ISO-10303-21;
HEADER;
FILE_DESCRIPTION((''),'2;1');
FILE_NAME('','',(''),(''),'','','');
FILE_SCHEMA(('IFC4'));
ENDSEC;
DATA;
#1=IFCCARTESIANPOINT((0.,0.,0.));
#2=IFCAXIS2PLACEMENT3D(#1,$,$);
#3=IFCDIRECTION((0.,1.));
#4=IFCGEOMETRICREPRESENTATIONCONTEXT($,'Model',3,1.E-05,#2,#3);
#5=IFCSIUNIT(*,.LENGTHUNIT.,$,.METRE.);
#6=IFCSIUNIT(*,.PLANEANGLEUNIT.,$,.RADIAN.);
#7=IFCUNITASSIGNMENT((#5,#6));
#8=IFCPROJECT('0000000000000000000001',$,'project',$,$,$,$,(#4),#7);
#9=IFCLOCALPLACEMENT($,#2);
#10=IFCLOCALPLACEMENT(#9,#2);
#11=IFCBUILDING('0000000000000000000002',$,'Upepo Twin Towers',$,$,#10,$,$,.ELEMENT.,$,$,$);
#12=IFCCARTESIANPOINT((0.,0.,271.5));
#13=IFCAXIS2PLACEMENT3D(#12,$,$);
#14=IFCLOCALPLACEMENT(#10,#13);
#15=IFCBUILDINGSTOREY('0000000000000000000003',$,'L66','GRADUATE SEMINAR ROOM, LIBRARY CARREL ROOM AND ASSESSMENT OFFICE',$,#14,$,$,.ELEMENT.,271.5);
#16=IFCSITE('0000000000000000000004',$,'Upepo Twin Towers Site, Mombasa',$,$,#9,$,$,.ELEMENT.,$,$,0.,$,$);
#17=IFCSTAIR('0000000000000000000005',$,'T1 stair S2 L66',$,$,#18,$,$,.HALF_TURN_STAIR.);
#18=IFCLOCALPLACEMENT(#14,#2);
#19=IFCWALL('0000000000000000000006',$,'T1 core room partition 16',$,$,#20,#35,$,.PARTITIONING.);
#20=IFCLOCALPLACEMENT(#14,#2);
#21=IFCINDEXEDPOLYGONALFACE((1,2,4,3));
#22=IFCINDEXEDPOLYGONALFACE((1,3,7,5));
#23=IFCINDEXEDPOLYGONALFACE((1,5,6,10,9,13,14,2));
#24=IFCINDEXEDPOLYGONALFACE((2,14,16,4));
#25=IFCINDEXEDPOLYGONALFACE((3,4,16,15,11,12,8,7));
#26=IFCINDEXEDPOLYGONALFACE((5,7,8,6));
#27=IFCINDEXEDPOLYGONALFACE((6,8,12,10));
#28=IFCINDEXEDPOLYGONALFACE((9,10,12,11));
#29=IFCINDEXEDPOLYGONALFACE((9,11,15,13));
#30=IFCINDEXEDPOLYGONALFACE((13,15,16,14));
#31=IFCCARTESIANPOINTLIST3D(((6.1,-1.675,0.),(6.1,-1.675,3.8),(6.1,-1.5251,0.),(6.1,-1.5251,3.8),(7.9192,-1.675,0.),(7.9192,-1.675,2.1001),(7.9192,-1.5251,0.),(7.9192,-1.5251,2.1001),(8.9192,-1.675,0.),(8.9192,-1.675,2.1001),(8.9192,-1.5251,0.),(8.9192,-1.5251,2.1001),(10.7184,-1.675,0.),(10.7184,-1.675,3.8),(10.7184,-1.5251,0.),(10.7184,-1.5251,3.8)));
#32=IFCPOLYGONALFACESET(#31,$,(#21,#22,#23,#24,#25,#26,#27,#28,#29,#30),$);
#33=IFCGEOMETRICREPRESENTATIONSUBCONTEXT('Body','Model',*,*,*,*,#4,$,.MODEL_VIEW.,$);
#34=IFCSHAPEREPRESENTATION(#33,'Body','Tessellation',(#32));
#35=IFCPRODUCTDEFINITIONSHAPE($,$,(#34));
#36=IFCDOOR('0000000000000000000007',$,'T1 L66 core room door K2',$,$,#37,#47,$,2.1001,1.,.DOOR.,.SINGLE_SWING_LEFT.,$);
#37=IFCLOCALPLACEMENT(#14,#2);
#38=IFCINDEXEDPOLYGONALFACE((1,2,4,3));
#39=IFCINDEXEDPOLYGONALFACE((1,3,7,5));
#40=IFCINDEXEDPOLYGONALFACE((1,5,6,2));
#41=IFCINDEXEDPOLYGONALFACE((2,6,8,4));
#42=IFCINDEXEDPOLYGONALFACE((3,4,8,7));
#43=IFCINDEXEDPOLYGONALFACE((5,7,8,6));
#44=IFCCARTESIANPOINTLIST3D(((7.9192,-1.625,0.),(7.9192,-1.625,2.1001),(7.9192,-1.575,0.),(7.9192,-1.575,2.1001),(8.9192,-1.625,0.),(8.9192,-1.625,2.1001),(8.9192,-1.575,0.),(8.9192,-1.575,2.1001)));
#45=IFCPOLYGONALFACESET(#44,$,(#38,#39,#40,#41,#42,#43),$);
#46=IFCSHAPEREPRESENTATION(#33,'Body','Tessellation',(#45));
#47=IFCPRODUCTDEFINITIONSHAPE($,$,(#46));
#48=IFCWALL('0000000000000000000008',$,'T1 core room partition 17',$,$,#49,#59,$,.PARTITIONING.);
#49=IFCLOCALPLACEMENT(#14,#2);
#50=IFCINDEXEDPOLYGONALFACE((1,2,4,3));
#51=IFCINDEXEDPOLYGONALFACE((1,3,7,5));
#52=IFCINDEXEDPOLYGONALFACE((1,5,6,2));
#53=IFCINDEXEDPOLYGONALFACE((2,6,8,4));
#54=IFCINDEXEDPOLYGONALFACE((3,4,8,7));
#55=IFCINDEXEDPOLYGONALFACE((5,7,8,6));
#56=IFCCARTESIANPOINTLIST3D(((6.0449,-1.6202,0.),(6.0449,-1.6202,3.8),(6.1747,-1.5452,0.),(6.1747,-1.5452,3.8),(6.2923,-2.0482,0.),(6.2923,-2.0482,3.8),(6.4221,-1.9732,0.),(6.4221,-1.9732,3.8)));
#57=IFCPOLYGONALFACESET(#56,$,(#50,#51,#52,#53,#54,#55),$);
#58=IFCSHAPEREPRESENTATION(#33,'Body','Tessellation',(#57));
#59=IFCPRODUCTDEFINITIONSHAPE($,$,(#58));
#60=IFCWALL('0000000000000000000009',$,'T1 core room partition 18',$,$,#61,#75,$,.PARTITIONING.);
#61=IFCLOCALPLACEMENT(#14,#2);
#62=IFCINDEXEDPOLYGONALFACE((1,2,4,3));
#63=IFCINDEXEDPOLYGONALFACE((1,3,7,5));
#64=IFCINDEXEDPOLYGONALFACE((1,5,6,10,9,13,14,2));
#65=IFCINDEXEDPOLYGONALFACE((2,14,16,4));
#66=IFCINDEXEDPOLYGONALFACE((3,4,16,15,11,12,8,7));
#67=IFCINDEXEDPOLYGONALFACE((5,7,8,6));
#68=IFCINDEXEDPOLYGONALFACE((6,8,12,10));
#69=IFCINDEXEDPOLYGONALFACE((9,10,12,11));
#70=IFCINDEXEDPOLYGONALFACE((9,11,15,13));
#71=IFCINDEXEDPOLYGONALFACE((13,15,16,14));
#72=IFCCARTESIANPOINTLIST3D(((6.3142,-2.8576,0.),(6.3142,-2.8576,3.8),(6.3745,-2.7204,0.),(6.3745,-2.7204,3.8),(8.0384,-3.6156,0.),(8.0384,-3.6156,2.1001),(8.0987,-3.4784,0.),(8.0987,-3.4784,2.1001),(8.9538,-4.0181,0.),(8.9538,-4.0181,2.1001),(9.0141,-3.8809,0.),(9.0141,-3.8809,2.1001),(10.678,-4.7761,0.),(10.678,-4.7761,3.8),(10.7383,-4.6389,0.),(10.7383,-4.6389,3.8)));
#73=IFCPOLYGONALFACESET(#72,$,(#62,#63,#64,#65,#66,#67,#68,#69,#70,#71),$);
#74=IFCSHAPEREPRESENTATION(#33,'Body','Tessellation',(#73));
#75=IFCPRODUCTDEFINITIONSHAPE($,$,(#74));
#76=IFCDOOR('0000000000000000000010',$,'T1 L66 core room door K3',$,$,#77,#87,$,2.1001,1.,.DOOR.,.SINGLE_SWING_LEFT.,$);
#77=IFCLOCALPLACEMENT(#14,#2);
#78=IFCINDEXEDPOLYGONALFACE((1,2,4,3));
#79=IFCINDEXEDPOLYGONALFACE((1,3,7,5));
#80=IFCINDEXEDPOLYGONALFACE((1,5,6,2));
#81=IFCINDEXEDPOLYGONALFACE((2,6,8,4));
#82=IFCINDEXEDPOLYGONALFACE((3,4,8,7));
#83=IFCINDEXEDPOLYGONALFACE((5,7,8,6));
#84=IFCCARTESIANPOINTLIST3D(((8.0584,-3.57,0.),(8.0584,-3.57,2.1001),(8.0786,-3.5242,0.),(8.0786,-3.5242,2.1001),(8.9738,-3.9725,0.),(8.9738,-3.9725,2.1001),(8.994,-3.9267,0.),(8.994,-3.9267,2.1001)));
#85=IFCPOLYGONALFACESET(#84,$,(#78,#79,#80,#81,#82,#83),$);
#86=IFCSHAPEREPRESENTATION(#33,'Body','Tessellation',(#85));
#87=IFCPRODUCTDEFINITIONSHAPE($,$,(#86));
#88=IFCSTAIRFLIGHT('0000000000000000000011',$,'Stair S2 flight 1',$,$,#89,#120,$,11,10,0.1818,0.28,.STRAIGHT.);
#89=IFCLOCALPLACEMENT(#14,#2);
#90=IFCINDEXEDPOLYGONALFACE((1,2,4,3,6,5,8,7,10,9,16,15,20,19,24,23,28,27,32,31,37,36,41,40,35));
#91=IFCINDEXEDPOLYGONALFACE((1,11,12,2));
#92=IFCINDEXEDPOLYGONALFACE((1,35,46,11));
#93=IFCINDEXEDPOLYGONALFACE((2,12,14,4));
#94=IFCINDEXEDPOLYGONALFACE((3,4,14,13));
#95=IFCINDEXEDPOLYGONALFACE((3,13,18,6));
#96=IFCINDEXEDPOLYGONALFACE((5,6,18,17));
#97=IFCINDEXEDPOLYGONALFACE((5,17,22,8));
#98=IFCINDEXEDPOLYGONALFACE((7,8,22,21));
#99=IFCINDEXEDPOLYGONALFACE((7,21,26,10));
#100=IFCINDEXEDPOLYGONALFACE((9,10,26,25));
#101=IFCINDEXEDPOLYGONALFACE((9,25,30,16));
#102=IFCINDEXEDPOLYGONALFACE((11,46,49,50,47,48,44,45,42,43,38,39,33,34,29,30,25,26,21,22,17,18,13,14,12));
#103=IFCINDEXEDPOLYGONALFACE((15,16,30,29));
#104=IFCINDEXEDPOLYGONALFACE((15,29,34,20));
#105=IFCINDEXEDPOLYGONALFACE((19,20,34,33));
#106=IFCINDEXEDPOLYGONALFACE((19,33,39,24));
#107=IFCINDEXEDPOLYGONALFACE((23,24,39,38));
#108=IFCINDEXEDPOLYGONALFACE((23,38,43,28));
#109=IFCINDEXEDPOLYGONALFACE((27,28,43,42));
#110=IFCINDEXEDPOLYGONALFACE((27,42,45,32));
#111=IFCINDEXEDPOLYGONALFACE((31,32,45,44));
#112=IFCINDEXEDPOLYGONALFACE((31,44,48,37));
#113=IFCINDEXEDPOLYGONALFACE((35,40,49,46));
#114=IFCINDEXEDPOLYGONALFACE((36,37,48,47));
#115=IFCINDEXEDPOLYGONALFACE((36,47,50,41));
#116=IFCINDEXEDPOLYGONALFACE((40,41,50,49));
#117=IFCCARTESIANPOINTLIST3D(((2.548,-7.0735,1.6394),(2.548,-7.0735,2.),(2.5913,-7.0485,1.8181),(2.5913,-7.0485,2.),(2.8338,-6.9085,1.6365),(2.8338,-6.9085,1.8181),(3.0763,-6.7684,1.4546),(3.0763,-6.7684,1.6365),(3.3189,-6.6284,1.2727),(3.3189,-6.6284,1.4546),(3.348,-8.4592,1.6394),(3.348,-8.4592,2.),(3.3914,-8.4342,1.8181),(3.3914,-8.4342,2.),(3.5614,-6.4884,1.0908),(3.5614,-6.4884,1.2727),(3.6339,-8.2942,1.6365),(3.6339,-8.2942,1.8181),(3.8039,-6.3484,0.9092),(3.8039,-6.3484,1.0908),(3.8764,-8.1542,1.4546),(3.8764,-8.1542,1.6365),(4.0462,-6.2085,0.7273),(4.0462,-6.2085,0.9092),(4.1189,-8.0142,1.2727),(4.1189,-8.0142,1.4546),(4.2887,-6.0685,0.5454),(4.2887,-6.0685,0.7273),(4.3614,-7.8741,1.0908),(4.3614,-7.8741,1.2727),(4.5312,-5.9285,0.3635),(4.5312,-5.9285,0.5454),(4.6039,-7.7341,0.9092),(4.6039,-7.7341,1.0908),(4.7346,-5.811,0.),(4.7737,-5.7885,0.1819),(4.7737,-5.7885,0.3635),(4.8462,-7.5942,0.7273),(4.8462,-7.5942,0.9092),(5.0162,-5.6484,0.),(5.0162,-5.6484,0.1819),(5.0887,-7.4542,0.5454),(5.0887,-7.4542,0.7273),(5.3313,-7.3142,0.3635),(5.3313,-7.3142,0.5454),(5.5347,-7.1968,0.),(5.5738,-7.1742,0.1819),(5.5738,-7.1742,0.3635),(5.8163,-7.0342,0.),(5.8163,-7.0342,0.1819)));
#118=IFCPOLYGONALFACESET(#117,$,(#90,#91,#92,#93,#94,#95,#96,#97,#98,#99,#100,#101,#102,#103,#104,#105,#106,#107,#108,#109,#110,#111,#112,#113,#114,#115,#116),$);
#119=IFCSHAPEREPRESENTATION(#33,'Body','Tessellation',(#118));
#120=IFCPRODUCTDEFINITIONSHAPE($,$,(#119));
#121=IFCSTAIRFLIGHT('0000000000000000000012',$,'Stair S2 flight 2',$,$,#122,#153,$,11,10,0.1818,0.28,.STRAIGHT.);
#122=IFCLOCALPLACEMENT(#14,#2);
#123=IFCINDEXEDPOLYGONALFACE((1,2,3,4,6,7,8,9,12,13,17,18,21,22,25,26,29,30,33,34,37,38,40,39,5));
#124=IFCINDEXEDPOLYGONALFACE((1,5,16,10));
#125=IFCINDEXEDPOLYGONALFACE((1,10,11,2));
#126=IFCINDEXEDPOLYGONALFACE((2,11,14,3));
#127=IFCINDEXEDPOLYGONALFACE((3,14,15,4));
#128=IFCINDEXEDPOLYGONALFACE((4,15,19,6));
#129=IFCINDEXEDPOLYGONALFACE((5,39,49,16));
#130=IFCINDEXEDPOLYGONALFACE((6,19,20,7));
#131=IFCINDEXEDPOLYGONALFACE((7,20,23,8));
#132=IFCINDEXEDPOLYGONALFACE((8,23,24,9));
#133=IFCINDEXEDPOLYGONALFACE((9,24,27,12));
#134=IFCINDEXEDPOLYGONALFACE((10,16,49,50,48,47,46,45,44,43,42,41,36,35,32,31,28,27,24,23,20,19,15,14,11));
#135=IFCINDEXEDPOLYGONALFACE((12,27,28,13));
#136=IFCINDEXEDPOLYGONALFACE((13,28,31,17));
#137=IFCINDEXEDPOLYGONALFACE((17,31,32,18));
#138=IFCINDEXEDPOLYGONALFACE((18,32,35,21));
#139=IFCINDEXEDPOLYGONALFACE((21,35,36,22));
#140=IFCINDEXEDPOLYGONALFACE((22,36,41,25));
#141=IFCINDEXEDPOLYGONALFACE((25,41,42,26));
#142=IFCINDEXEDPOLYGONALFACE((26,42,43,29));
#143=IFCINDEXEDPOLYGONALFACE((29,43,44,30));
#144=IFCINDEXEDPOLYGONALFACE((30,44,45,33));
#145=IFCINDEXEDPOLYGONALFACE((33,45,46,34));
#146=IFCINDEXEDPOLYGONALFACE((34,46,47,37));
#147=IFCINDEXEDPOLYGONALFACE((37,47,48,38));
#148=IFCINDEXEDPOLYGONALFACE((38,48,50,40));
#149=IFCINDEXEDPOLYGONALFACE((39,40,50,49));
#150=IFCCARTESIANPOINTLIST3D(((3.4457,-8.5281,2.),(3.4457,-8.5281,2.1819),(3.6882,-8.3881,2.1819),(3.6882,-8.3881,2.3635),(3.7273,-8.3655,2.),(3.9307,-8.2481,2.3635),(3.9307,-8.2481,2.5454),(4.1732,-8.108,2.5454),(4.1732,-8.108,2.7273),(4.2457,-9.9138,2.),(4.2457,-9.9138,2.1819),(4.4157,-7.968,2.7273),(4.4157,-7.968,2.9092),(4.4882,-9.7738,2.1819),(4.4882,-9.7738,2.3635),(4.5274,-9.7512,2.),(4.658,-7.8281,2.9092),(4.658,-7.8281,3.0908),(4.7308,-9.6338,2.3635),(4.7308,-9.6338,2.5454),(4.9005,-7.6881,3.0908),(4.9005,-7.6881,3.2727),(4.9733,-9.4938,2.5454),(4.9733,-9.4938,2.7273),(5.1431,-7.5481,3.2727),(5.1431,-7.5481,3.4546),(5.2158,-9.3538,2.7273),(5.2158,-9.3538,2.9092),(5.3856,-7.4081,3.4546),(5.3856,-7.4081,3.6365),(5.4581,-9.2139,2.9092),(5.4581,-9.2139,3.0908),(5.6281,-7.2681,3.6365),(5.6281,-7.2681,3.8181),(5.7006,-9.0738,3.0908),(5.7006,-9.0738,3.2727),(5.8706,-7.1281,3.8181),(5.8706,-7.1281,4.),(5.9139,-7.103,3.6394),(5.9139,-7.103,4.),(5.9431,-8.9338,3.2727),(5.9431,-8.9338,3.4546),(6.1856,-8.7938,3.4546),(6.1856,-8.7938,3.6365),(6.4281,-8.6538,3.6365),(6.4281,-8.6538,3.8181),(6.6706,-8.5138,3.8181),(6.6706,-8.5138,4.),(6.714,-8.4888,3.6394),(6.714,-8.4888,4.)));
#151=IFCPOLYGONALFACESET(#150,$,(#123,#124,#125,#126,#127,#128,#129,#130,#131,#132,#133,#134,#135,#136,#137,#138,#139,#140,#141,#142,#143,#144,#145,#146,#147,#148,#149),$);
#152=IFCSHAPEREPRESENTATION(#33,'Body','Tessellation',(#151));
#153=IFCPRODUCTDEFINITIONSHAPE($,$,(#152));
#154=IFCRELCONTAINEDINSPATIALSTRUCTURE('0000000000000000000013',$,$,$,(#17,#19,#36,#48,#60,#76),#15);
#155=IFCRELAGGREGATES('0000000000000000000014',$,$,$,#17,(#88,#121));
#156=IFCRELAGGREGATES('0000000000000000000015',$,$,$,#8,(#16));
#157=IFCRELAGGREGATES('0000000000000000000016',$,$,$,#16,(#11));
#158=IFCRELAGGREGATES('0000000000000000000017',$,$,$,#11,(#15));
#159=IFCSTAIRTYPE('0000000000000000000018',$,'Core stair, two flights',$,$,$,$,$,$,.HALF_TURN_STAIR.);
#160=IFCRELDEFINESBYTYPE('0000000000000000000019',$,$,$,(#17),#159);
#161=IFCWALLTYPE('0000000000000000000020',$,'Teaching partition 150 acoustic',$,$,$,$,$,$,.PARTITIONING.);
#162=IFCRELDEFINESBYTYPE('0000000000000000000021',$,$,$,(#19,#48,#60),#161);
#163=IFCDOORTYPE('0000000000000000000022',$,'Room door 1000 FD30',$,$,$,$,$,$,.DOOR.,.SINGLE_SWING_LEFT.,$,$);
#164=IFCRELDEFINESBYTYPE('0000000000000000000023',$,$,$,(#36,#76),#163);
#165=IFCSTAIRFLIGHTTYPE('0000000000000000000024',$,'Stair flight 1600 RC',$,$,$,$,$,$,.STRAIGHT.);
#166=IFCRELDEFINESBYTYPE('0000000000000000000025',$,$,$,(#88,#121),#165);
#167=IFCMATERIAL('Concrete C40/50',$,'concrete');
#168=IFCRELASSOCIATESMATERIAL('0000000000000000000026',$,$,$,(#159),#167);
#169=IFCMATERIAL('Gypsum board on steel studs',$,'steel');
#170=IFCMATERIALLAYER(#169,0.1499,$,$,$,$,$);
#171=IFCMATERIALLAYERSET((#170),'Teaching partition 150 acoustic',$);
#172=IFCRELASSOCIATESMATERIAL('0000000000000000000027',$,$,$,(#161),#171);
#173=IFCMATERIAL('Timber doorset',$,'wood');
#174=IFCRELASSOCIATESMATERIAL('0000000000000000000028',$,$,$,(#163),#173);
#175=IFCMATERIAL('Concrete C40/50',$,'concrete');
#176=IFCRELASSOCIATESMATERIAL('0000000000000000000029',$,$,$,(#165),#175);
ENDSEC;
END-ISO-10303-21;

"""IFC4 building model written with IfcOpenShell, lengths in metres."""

from ifc_helpers import new_model, si_unit, direction, frame, frame_2d, origin, place, context, subcontext, project, spatial, polyline, rectangle, outline, extrude, material, layer, layer_set, type_object, element, fill, aggregate, save


model = new_model("IFC4")

# Units and contexts
model_context = context("Model", 3, precision=1e-05, world=origin(), true_north=direction((0.0, 1.0)))
body_context = subcontext(model_context, "Body", "Model", "MODEL_VIEW")
ifc_project = project(units=[si_unit("LENGTHUNIT", "METRE"), si_unit("PLANEANGLEUNIT", "RADIAN")], contexts=[model_context])

# Site, building, storey
site_placement = place(None, origin())
site = spatial("IfcSite", under=ifc_project, at=site_placement, Name="Upepo Twin Towers Site, Mombasa", CompositionType="ELEMENT", RefElevation=0.0)
building_placement = place(site_placement, origin())
building = spatial("IfcBuilding", under=site, at=building_placement, Name="Upepo Twin Towers", CompositionType="ELEMENT")
storey_placement = place(building_placement, frame((0.0, 0.0, 271.5)))
storey = spatial("IfcBuildingStorey", under=building, at=storey_placement, Name="L66", Description="GRADUATE SEMINAR ROOM, LIBRARY CARREL ROOM AND ASSESSMENT OFFICE", CompositionType="ELEMENT", Elevation=271.5)

# Stair
ifc_material_1 = material(Name="Concrete C40/50", Category="concrete")
stair_type = type_object("IfcStairType", Name="Core stair, two flights", PredefinedType="HALF_TURN_STAIR", material=ifc_material_1)
stair_1_placement = place(storey_placement, origin())
stair_1 = element("IfcStair", 1, at=stair_1_placement, inside=storey, type_object=stair_type, Name="T1 stair S2 L66", PredefinedType="HALF_TURN_STAIR")

# Shared definitions
ifc_material_2 = material(Name="Gypsum board on steel studs", Category="steel")
ifc_layer_1 = layer(ifc_material_2, 0.1499)
ifc_layer_set_1 = layer_set([ifc_layer_1], Name="Teaching partition 150 acoustic")
wall_type_1 = type_object("IfcWallType", Name="Teaching partition 150 acoustic", PredefinedType="PARTITIONING", material=ifc_layer_set_1)

# Wall, opening, door
wall_1_placement = place(storey_placement, frame((10.7183, -1.6001, 0.0), z_axis=(0.0, 0.0, 1.0), x_axis=(-1.0, 0.0, 0.0)))
wall_1 = element("IfcWall", 2, at=wall_1_placement, inside=storey, type_object=wall_type_1, Name="T1 core room partition 16", PredefinedType="PARTITIONING", context=body_context, shape_type="SweptSolid", body=[
    extrude(rectangle(XDim=4.6184, YDim=0.1499, at=frame_2d((2.3091, 0.0))), origin(), (0.0, 0.0, 1.0), 3.8),
])
opening_1_placement = place(wall_1_placement, frame((1.7991, 0.0, 0.0)))
opening_1 = element("IfcOpeningElement", 3, at=opening_1_placement, cuts=wall_1, PredefinedType="OPENING", context=body_context, shape_type="SweptSolid", body=[
    extrude(rectangle(XDim=1.0, YDim=2.1001, at=frame_2d((0.5, 1.05))), frame((0.0, 0.085, 0.0), z_axis=(0.0, -1.0, 0.0), x_axis=(1.0, 0.0, 0.0)), (0.0, 0.0, 1.0), 0.1699),
])
ifc_material_3 = material(Name="Timber doorset", Category="wood")
door_type_1 = type_object("IfcDoorType", Name="Room door 1000 FD30", OperationType="SINGLE_SWING_LEFT", PredefinedType="DOOR", material=ifc_material_3)
door_1_placement = place(opening_1_placement, origin())
door_1 = element("IfcDoor", 4, at=door_1_placement, inside=storey, type_object=door_type_1, Name="T1 L66 core room door K2", OperationType="SINGLE_SWING_LEFT", OverallHeight=2.1001, OverallWidth=1.0, PredefinedType="DOOR", context=body_context, shape_type="SweptSolid", body=[
    extrude(rectangle(XDim=1.0, YDim=2.1001, at=frame_2d((0.5, 1.05))), frame((0.0, 0.0249, 0.0), z_axis=(0.0, -1.0, 0.0), x_axis=(1.0, 0.0, 0.0)), (0.0, 0.0, 1.0), 0.05),
])
fill(opening_1, door_1)

# Wall
wall_2_placement = place(storey_placement, frame((6.1099, -1.5828, 0.0), z_axis=(0.0, 0.0, 1.0), x_axis=(0.500335, -0.865832, 0.0)))
element("IfcWall", 5, at=wall_2_placement, inside=storey, type_object=wall_type_1, Name="T1 core room partition 17", PredefinedType="PARTITIONING", context=body_context, shape_type="SweptSolid", body=[
    extrude(rectangle(XDim=0.4944, YDim=0.1499, at=frame_2d((0.2471, 0.0))), origin(), (0.0, 0.0, 1.0), 3.8),
])

# Wall, opening, door
wall_3_placement = place(storey_placement, frame((6.3445, -2.7891, 0.0), z_axis=(0.0, 0.0, 1.0), x_axis=(0.915439, -0.402457, 0.0)))
wall_3 = element("IfcWall", 6, at=wall_3_placement, inside=storey, type_object=wall_type_1, Name="T1 core room partition 18", PredefinedType="PARTITIONING", context=body_context, shape_type="SweptSolid", body=[
    extrude(rectangle(XDim=4.7668, YDim=0.1499, at=frame_2d((2.3833, 0.0))), origin(), (0.0, 0.0, 1.0), 3.8),
])
opening_2_placement = place(wall_3_placement, frame((1.8833, 0.0, 0.0)))
opening_2 = element("IfcOpeningElement", 7, at=opening_2_placement, cuts=wall_3, PredefinedType="OPENING", context=body_context, shape_type="SweptSolid", body=[
    extrude(rectangle(XDim=1.0, YDim=2.1001, at=frame_2d((0.5, 1.05))), frame((0.0, 0.085, 0.0), z_axis=(0.0, -1.0, 0.0), x_axis=(1.0, 0.0, 0.0)), (0.0, 0.0, 1.0), 0.1699),
])
door_2_placement = place(opening_2_placement, origin())
door_2 = element("IfcDoor", 8, at=door_2_placement, inside=storey, type_object=door_type_1, Name="T1 L66 core room door K3", OperationType="SINGLE_SWING_LEFT", OverallHeight=2.1001, OverallWidth=1.0, PredefinedType="DOOR", context=body_context, shape_type="SweptSolid", body=[
    extrude(rectangle(XDim=1.0, YDim=2.1001, at=frame_2d((0.5, 1.05))), frame((0.0, 0.0249, 0.0), z_axis=(0.0, -1.0, 0.0), x_axis=(1.0, 0.0, 0.0)), (0.0, 0.0, 1.0), 0.05),
])
fill(opening_2, door_2)

# Stair flights
ifc_material_4 = material(Name="Concrete C40/50", Category="concrete")
stair_flight_type = type_object("IfcStairFlightType", Name="Stair flight 1600 RC", PredefinedType="STRAIGHT", material=ifc_material_4)
stair_flight_1_placement = place(storey_placement, frame((5.4163, -6.3413, 0.0), z_axis=(0.0, 0.0, 1.0), x_axis=(-0.866025, -0.5, 0.0)))
stair_flight_1 = element("IfcStairFlight", 9, at=stair_flight_1_placement, type_object=stair_flight_type, Name="Stair S2 flight 1", NumberOfRisers=11, NumberOfTreads=10, PredefinedType="STRAIGHT", RiserHeight=0.1818, TreadLength=0.28, context=body_context, shape_type="SweptSolid", body=[
    extrude(outline(polyline([(0.0, 0.0), (0.0, 0.1819), (0.28, 0.1819), (0.28, 0.3635), (0.5601, 0.3635), (0.5601, 0.5454), (0.8401, 0.5454), (0.8401, 0.7273), (1.1201, 0.7273), (1.1201, 0.9092), (1.3999, 0.9092), (1.3999, 1.0908), (1.6799, 1.0908), (1.6799, 1.2727), (1.96, 1.2727), (1.96, 1.4546), (2.24, 1.4546), (2.24, 1.6365), (2.52, 1.6365), (2.52, 1.8181), (2.8, 1.8181), (2.8, 2.0), (2.8501, 2.0), (2.8501, 1.6394), (0.3252, 0.0), (0.0, 0.0)])), frame((0.0, 0.8, 0.0), z_axis=(0.0, -1.0, 0.0), x_axis=(1.0, 0.0, 0.0)), (0.0, 0.0, 1.0), 1.6001),
])
stair_flight_2_placement = place(storey_placement, frame((3.8457, -9.2209, 2.0), z_axis=(0.0, 0.0, 1.0), x_axis=(0.866025, 0.5, 0.0)))
stair_flight_2 = element("IfcStairFlight", 10, at=stair_flight_2_placement, type_object=stair_flight_type, Name="Stair S2 flight 2", NumberOfRisers=11, NumberOfTreads=10, PredefinedType="STRAIGHT", RiserHeight=0.1818, TreadLength=0.28, context=body_context, shape_type="SweptSolid", body=[
    extrude(outline(polyline([(0.0, 0.0), (0.0, 0.1819), (0.28, 0.1819), (0.28, 0.3635), (0.5601, 0.3635), (0.5601, 0.5454), (0.8401, 0.5454), (0.8401, 0.7273), (1.1201, 0.7273), (1.1201, 0.9092), (1.3999, 0.9092), (1.3999, 1.0908), (1.6799, 1.0908), (1.6799, 1.2727), (1.96, 1.2727), (1.96, 1.4546), (2.24, 1.4546), (2.24, 1.6365), (2.52, 1.6365), (2.52, 1.8181), (2.8, 1.8181), (2.8, 2.0), (2.8501, 2.0), (2.8501, 1.6394), (0.3252, 0.0), (0.0, 0.0)])), frame((0.0, 0.8, 0.0), z_axis=(0.0, -1.0, 0.0), x_axis=(1.0, 0.0, 0.0)), (0.0, 0.0, 1.0), 1.6001),
])
aggregate(stair_1, [stair_flight_1, stair_flight_2])

save(model, "model.ifc")
